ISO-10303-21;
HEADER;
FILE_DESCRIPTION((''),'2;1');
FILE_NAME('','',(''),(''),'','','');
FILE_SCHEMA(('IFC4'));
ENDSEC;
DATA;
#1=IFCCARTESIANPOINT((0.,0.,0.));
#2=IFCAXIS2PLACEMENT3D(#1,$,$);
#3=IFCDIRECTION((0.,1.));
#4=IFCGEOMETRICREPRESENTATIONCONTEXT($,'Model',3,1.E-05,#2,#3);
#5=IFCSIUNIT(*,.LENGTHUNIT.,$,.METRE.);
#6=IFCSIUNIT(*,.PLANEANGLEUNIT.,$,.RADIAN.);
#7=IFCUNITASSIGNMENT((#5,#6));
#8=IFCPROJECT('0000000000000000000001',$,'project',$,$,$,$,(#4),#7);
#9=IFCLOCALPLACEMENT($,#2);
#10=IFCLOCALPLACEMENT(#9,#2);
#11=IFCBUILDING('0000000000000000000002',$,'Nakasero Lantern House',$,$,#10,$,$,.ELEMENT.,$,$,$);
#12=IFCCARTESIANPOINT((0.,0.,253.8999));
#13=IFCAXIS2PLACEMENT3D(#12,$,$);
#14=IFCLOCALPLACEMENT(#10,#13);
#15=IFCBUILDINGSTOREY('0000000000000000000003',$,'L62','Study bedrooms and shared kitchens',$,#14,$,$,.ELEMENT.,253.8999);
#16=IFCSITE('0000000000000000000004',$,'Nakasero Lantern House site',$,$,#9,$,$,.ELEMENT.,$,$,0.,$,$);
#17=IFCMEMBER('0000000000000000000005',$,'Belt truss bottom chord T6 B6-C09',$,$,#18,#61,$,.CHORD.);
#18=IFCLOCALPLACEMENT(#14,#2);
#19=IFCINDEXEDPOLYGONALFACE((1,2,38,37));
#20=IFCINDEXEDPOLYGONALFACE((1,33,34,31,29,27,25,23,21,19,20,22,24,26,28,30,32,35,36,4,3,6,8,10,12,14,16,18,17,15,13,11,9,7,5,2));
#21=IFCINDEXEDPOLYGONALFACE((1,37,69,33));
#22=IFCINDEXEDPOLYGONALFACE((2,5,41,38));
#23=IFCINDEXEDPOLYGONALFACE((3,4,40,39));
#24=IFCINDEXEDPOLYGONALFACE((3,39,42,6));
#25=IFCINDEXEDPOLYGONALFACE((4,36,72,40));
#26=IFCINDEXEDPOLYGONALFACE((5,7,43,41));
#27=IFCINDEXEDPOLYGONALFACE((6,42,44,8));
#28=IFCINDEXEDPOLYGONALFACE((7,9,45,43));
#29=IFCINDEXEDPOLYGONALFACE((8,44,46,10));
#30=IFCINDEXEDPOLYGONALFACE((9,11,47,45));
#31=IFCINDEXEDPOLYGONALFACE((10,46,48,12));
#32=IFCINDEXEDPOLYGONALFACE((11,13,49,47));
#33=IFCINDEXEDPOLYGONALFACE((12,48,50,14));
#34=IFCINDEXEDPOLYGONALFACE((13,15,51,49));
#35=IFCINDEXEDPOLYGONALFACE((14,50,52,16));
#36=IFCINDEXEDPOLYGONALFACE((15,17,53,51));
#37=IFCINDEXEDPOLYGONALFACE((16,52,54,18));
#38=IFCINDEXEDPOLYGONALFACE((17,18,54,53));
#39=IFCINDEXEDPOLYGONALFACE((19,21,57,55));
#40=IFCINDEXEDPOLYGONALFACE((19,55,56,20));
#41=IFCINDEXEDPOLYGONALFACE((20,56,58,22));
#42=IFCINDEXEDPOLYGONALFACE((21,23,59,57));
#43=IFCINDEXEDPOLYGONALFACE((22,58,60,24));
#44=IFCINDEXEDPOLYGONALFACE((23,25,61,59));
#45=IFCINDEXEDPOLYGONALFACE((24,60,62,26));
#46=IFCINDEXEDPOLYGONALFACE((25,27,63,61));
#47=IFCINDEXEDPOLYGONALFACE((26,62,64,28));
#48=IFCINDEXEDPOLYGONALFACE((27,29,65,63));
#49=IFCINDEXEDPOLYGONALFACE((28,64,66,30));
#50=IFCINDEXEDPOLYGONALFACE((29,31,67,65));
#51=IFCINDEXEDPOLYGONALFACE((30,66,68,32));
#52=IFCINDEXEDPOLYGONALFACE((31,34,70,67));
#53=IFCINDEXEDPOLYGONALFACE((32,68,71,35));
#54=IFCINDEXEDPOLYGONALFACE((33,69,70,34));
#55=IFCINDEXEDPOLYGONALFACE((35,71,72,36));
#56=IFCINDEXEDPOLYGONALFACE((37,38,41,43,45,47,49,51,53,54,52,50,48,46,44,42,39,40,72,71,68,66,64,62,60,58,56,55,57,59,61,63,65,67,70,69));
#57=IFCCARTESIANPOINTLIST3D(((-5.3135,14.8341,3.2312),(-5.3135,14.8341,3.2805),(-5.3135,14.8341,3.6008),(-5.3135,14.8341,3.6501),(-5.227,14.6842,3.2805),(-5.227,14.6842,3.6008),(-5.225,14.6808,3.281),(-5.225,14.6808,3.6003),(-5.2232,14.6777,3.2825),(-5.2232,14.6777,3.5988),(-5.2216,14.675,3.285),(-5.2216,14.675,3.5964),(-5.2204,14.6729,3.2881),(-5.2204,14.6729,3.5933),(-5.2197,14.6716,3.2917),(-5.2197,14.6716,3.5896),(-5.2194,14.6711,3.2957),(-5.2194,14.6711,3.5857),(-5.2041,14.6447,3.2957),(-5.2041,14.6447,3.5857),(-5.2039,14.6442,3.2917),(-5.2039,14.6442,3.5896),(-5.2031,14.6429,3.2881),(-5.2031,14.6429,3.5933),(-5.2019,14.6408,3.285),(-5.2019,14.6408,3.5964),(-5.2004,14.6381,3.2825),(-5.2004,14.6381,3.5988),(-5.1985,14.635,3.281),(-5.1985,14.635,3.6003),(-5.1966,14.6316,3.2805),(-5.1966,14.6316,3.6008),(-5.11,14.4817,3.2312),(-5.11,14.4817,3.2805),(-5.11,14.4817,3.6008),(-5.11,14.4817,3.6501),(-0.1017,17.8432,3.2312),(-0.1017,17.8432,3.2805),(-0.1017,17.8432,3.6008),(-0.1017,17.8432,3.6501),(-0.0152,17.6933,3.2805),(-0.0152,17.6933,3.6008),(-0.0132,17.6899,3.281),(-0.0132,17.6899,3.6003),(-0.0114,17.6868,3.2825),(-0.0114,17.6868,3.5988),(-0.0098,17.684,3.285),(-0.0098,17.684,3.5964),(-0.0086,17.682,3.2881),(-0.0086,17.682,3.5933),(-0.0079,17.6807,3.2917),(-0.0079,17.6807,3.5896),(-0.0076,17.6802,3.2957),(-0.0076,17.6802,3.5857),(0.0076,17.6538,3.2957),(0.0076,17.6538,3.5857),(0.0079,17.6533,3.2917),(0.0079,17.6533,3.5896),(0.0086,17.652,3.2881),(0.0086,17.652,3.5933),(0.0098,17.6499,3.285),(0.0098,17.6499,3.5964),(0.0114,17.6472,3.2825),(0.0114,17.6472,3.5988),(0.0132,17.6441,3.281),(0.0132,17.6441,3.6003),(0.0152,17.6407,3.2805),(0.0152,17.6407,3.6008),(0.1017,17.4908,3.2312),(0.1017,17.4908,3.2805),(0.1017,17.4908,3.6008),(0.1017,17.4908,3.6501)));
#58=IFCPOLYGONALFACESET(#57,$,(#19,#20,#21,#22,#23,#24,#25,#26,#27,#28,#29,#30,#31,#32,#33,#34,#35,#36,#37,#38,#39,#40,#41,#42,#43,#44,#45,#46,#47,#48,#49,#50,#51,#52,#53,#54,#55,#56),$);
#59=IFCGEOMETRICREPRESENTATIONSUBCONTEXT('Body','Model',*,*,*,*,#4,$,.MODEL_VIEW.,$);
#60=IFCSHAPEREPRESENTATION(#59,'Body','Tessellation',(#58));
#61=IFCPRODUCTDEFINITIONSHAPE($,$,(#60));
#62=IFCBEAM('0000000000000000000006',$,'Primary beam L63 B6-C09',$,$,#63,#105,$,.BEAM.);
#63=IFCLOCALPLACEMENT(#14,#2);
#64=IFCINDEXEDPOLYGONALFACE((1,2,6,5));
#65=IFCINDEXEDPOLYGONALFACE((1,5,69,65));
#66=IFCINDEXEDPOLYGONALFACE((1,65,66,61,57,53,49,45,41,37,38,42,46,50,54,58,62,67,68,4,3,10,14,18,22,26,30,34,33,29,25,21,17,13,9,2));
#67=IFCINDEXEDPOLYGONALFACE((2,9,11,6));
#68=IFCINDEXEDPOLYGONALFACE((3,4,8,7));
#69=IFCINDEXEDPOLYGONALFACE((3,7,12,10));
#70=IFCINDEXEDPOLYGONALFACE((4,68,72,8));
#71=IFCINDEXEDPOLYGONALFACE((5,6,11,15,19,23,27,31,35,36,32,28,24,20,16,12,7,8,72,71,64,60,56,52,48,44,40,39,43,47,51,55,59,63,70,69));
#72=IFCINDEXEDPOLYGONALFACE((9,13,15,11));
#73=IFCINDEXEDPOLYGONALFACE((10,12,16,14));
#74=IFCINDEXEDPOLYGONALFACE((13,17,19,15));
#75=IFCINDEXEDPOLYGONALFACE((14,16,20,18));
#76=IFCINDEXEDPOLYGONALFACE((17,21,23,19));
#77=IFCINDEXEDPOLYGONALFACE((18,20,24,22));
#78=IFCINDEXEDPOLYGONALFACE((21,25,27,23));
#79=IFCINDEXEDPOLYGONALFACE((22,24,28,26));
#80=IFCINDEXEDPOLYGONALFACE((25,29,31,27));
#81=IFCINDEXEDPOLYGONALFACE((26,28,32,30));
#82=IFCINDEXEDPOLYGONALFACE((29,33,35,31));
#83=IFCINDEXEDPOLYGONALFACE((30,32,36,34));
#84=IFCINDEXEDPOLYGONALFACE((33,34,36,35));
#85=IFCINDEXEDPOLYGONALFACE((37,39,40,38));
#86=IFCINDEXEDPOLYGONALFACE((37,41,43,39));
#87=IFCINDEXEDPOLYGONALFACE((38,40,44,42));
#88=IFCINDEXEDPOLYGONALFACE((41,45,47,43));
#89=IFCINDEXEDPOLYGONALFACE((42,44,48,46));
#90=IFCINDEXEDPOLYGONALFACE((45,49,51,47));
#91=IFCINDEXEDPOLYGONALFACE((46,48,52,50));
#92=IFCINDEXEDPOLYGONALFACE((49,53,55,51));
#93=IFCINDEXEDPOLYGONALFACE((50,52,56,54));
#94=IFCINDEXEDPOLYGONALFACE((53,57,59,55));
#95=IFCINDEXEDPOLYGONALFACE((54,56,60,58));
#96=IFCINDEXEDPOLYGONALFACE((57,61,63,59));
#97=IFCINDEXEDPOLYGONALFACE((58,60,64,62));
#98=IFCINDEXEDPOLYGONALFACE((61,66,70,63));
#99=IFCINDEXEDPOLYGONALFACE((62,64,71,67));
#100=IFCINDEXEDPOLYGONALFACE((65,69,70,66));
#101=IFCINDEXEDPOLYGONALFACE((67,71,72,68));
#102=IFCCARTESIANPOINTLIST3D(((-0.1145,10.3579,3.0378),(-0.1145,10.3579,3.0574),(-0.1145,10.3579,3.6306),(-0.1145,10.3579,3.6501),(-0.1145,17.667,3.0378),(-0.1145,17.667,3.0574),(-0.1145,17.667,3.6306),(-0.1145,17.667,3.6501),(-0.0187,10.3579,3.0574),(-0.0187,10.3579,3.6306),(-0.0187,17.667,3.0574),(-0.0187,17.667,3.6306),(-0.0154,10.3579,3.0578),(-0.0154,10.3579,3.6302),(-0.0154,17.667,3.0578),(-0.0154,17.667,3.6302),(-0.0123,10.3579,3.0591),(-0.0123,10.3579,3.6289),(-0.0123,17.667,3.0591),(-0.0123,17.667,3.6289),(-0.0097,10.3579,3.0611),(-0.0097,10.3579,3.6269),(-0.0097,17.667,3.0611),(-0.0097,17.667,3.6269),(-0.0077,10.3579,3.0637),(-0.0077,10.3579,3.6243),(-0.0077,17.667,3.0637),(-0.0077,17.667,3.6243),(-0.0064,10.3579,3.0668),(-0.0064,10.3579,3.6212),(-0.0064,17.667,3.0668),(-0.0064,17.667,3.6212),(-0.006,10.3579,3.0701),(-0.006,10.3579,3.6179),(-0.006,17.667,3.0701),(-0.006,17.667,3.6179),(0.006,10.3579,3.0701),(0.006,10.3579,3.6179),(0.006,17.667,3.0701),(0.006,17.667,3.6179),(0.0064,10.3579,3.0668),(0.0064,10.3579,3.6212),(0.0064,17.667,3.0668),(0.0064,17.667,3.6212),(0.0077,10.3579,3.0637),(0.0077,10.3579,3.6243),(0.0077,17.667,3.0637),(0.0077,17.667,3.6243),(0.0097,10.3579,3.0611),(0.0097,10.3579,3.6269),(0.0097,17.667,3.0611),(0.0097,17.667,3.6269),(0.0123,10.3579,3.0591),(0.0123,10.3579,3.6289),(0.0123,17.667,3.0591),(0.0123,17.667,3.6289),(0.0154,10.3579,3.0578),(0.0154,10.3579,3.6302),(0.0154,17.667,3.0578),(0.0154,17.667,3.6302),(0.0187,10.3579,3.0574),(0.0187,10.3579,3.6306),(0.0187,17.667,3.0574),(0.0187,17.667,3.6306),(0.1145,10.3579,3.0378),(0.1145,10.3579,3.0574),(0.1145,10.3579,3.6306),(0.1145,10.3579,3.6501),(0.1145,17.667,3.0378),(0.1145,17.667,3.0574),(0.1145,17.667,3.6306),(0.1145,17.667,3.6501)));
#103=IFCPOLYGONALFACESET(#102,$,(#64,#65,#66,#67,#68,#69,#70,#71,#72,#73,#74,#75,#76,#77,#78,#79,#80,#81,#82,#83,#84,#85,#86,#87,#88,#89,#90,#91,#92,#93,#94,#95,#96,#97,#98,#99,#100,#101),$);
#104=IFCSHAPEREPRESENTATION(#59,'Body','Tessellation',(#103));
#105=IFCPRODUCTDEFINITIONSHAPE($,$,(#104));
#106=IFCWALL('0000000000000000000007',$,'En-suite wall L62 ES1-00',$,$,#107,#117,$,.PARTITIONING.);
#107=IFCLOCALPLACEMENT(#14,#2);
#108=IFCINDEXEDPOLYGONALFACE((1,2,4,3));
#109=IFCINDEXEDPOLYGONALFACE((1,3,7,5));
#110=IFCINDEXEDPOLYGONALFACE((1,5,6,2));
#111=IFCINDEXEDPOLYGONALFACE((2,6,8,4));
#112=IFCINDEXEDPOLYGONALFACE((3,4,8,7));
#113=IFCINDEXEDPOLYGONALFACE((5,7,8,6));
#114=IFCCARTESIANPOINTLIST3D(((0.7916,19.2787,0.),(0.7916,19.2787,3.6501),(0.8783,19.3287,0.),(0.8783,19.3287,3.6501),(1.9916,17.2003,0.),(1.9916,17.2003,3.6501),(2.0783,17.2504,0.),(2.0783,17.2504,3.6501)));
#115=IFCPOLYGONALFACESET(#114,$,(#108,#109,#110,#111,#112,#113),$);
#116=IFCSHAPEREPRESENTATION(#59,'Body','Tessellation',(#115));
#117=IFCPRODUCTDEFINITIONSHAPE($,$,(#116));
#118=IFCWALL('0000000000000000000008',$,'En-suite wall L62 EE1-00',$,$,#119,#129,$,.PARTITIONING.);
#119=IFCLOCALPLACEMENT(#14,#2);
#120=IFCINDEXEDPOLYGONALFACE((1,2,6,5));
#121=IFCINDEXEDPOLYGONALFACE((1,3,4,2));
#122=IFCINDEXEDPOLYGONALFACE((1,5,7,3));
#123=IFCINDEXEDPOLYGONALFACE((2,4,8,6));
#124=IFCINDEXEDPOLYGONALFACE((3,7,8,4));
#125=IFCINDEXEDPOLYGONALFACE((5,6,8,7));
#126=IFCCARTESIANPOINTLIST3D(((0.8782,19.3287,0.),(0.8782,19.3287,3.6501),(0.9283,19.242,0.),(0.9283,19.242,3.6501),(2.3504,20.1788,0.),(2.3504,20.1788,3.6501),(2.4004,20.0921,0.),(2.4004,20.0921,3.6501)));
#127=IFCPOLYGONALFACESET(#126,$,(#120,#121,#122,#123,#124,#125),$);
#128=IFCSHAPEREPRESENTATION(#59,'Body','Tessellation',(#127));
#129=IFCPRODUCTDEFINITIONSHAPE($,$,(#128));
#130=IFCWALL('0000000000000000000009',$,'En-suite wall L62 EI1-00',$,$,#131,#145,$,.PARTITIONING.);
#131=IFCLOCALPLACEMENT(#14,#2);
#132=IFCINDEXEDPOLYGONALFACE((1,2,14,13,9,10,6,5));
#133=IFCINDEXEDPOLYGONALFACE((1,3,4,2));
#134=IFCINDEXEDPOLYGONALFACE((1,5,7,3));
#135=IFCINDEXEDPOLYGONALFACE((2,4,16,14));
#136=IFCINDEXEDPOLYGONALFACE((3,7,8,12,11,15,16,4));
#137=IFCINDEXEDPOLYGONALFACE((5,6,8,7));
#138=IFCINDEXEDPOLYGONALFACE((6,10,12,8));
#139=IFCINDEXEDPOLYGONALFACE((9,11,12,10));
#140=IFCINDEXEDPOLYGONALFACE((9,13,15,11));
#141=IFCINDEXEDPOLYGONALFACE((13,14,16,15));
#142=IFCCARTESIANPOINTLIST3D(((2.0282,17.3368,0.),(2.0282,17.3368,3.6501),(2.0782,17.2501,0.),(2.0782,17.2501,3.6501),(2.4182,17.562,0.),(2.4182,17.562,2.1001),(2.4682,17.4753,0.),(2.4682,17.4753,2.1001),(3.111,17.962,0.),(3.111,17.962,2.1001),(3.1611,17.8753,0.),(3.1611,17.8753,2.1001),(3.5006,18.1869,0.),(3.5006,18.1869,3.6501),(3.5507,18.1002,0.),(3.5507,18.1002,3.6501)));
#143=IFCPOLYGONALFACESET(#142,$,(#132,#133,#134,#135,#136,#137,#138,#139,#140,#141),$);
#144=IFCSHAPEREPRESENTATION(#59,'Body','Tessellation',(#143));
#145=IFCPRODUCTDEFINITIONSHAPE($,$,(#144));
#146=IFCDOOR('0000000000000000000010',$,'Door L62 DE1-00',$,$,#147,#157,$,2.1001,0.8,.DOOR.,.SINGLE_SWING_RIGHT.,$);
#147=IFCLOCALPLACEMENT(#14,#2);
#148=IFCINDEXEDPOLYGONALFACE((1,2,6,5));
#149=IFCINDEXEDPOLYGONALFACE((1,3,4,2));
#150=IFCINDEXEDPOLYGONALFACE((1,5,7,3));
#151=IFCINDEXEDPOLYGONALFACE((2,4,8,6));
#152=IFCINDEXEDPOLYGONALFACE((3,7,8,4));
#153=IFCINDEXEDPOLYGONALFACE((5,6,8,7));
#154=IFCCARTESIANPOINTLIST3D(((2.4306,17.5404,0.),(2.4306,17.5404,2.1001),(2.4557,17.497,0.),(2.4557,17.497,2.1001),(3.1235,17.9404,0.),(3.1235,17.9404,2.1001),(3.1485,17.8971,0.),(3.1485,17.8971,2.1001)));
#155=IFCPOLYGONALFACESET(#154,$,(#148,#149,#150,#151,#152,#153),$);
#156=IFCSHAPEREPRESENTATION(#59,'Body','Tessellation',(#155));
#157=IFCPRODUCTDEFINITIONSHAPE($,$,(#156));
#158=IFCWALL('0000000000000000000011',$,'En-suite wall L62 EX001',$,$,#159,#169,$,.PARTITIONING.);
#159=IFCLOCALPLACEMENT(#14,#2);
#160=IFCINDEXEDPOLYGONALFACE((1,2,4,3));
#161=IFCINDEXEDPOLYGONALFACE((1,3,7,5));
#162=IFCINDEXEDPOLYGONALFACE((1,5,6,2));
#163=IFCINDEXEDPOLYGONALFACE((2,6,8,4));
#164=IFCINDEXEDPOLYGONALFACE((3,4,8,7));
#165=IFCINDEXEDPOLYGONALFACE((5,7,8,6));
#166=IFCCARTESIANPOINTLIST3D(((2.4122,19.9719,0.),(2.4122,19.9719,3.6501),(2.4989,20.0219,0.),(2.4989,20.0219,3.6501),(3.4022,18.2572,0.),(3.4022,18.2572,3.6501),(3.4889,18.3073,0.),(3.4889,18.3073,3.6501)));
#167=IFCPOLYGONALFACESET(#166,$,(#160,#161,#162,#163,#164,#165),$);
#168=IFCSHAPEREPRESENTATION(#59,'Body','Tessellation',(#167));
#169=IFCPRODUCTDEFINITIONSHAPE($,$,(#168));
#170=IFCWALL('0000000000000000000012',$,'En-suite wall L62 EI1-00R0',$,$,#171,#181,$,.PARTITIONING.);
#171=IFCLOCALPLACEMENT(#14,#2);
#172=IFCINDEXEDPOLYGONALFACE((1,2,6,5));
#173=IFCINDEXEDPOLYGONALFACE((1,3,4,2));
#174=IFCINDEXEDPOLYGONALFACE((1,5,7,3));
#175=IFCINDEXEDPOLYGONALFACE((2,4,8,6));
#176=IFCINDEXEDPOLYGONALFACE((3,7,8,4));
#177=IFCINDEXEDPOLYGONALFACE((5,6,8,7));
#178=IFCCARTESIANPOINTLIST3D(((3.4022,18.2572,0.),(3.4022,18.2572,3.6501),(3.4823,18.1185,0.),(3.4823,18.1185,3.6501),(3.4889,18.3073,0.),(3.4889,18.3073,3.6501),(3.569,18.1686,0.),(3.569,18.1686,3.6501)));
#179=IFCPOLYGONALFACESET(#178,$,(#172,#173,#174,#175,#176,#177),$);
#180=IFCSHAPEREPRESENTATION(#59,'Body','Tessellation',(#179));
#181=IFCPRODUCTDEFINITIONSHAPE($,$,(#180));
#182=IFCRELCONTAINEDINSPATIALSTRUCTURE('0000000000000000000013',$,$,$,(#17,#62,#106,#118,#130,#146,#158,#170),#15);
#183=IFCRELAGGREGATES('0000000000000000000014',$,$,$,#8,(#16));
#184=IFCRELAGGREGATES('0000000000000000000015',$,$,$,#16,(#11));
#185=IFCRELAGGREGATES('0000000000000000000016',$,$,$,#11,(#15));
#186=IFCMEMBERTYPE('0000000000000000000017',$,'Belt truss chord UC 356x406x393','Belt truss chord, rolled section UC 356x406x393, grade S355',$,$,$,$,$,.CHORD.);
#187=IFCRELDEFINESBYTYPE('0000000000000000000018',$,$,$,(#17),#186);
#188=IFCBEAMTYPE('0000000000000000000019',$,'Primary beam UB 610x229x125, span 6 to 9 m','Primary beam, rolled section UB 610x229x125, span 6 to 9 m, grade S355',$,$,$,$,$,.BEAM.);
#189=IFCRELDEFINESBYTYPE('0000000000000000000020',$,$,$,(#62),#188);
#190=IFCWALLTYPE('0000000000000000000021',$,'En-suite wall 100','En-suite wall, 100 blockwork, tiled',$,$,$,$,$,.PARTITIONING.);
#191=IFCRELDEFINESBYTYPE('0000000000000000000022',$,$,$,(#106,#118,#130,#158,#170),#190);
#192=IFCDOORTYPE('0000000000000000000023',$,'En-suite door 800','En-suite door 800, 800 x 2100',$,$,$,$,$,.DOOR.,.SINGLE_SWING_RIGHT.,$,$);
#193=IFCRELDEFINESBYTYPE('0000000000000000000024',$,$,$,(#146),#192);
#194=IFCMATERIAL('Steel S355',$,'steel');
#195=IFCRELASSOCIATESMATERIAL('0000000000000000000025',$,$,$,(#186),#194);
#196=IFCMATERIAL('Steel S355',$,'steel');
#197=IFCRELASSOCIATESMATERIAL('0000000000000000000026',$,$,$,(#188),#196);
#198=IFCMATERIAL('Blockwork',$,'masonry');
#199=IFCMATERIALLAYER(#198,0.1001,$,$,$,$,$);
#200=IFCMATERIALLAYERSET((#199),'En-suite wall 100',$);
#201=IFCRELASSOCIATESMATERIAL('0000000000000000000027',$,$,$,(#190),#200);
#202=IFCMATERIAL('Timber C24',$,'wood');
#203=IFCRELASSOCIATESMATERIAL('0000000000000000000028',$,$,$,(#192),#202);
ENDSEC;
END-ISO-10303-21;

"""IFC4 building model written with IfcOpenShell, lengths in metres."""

from ifc_helpers import new_model, si_unit, direction, frame, frame_2d, origin, origin_2d, place, context, subcontext, project, spatial, rectangle, i_section, extrude, material, layer, layer_set, material_profile, profile_set, type_object, element, fill, save


model = new_model("IFC4")

# Units and contexts
model_context = context("Model", 3, precision=1e-05, world=origin(), true_north=direction((0.0, 1.0)))
body_context = subcontext(model_context, "Body", "Model", "MODEL_VIEW")
ifc_project = project(units=[si_unit("LENGTHUNIT", "METRE"), si_unit("PLANEANGLEUNIT", "RADIAN")], contexts=[model_context])

# Site, building, storey
site_placement = place(None, origin())
site = spatial("IfcSite", under=ifc_project, at=site_placement, Name="Nakasero Lantern House site", CompositionType="ELEMENT", RefElevation=0.0)
building_placement = place(site_placement, origin())
building = spatial("IfcBuilding", under=site, at=building_placement, Name="Nakasero Lantern House", CompositionType="ELEMENT")
storey_placement = place(building_placement, frame((0.0, 0.0, 253.8999)))
storey = spatial("IfcBuildingStorey", under=building, at=storey_placement, Name="L62", Description="Study bedrooms and shared kitchens", CompositionType="ELEMENT", Elevation=253.8999)

# Member
ifc_material_1 = material(Name="Steel S355", Category="steel")
ifc_material_profile_1 = material_profile(ifc_material_1, i_section(OverallWidth=0.407, OverallDepth=0.4189, WebThickness=0.0305, FlangeThickness=0.0493, FilletRadius=0.0151, at=origin_2d()), Name="UC 356x406x393")
ifc_profile_set_1 = profile_set([ifc_material_profile_1], Name="Steel S355")
member_type = type_object("IfcMemberType", Name="Belt truss chord UC 356x406x393", Description="Belt truss chord, rolled section UC 356x406x393, grade S355", PredefinedType="CHORD", material=ifc_profile_set_1)
member_placement = place(storey_placement, frame((0.0, 17.667, 3.4407), z_axis=(-0.86602, -0.500009, 0.0), x_axis=(0.500009, -0.86602, 0.0)))
element("IfcMember", 1, at=member_placement, inside=storey, type_object=member_type, Name="Belt truss bottom chord T6 B6-C09", PredefinedType="CHORD", context=body_context, shape_type="SweptSolid", body=[
    extrude(i_section(OverallWidth=0.407, OverallDepth=0.4189, WebThickness=0.0305, FlangeThickness=0.0493, FilletRadius=0.0151, at=origin_2d()), origin(), (0.0, 0.0, 1.0), 6.0181),
])

# Beam
ifc_material_2 = material(Name="Steel S355", Category="steel")
ifc_material_profile_2 = material_profile(ifc_material_2, i_section(OverallWidth=0.229, OverallDepth=0.6123, WebThickness=0.012, FlangeThickness=0.0195, FilletRadius=0.0127, at=origin_2d()), Name="UB 610x229x125")
ifc_profile_set_2 = profile_set([ifc_material_profile_2], Name="Steel S355")
beam_type = type_object("IfcBeamType", Name="Primary beam UB 610x229x125, span 6 to 9 m", Description="Primary beam, rolled section UB 610x229x125, span 6 to 9 m, grade S355", PredefinedType="BEAM", material=ifc_profile_set_2)
beam_placement = place(storey_placement, frame((0.0, 17.667, 3.344), z_axis=(0.0, -1.0, 0.0), x_axis=(1.0, 0.0, 0.0)))
element("IfcBeam", 2, at=beam_placement, inside=storey, type_object=beam_type, Name="Primary beam L63 B6-C09", PredefinedType="BEAM", context=body_context, shape_type="SweptSolid", body=[
    extrude(i_section(OverallWidth=0.229, OverallDepth=0.6123, WebThickness=0.012, FlangeThickness=0.0195, FilletRadius=0.0127, at=origin_2d()), origin(), (0.0, 0.0, 1.0), 7.3091),
])

# Walls
ifc_material_3 = material(Name="Blockwork", Category="masonry")
ifc_layer_1 = layer(ifc_material_3, 0.1001)
ifc_layer_set_1 = layer_set([ifc_layer_1], Name="En-suite wall 100")
wall_type_1 = type_object("IfcWallType", Name="En-suite wall 100", Description="En-suite wall, 100 blockwork, tiled", PredefinedType="PARTITIONING", material=ifc_layer_set_1)
wall_1_placement = place(storey_placement, frame((2.0349, 17.2253, 0.0), z_axis=(0.0, 0.0, 1.0), x_axis=(-0.500001, 0.866025, 0.0)))
element("IfcWall", 3, at=wall_1_placement, inside=storey, type_object=wall_type_1, Name="En-suite wall L62 ES1-00", PredefinedType="PARTITIONING", context=body_context, shape_type="SweptSolid", body=[
    extrude(rectangle(XDim=2.3999, YDim=0.1001, at=frame_2d((1.2, 0.0))), origin(), (0.0, 0.0, 1.0), 3.6501),
])
wall_2_placement = place(storey_placement, frame((2.3755, 20.1355, 0.0), z_axis=(0.0, 0.0, 1.0), x_axis=(-0.865989, -0.500062, 0.0)))
element("IfcWall", 4, at=wall_2_placement, inside=storey, type_object=wall_type_1, Name="En-suite wall L62 EE1-00", PredefinedType="PARTITIONING", context=body_context, shape_type="SweptSolid", body=[
    extrude(rectangle(XDim=1.7, YDim=0.1001, at=frame_2d((0.8501, 0.0))), origin(), (0.0, 0.0, 1.0), 3.6501),
])

# Wall, opening, door
wall_3_placement = place(storey_placement, frame((3.5256, 18.1436, 0.0), z_axis=(0.0, 0.0, 1.0), x_axis=(-0.866025, -0.5, 0.0)))
wall_3 = element("IfcWall", 5, at=wall_3_placement, inside=storey, type_object=wall_type_1, Name="En-suite wall L62 EI1-00", PredefinedType="PARTITIONING", context=body_context, shape_type="SweptSolid", body=[
    extrude(rectangle(XDim=1.7002, YDim=0.1001, at=frame_2d((0.8501, 0.0))), origin(), (0.0, 0.0, 1.0), 3.6501),
])
opening_1_placement = place(wall_3_placement, frame((0.45, 0.0, 0.0)))
opening_1 = element("IfcOpeningElement", 6, at=opening_1_placement, cuts=wall_3, PredefinedType="OPENING", context=body_context, shape_type="SweptSolid", body=[
    extrude(rectangle(XDim=0.8, YDim=2.1001, at=frame_2d((0.3999, 1.05))), frame((0.0, 0.0701, 0.0), z_axis=(0.0, -1.0, 0.0), x_axis=(1.0, 0.0, 0.0)), (0.0, 0.0, 1.0), 0.1401),
])
ifc_material_4 = material(Name="Timber C24", Category="wood")
door_type_1 = type_object("IfcDoorType", Name="En-suite door 800", Description="En-suite door 800, 800 x 2100", OperationType="SINGLE_SWING_RIGHT", PredefinedType="DOOR", material=ifc_material_4)
door_1_placement = place(opening_1_placement, origin())
door_1 = element("IfcDoor", 7, at=door_1_placement, inside=storey, type_object=door_type_1, Name="Door L62 DE1-00", OperationType="SINGLE_SWING_RIGHT", OverallHeight=2.1001, OverallWidth=0.8, PredefinedType="DOOR", context=body_context, shape_type="SweptSolid", body=[
    extrude(rectangle(XDim=0.8, YDim=2.1001, at=frame_2d((0.3999, 1.05))), frame((0.0, 0.0249, 0.0), z_axis=(0.0, -1.0, 0.0), x_axis=(1.0, 0.0, 0.0)), (0.0, 0.0, 1.0), 0.05),
])
fill(opening_1, door_1)

# Walls
wall_4_placement = place(storey_placement, frame((3.4456, 18.2822, 0.0), z_axis=(0.0, 0.0, 1.0), x_axis=(-0.500025, 0.866011, 0.0)))
element("IfcWall", 8, at=wall_4_placement, inside=storey, type_object=wall_type_1, Name="En-suite wall L62 EX001", PredefinedType="PARTITIONING", context=body_context, shape_type="SweptSolid", body=[
    extrude(rectangle(XDim=1.98, YDim=0.1001, at=frame_2d((0.99, 0.0))), origin(), (0.0, 0.0, 1.0), 3.6501),
])
wall_5_placement = place(storey_placement, frame((3.5256, 18.1436, 0.0), z_axis=(0.0, 0.0, 1.0), x_axis=(-0.500074, 0.865982, 0.0)))
element("IfcWall", 9, at=wall_5_placement, inside=storey, type_object=wall_type_1, Name="En-suite wall L62 EI1-00R0", PredefinedType="PARTITIONING", context=body_context, shape_type="SweptSolid", body=[
    extrude(rectangle(XDim=0.1602, YDim=0.1001, at=frame_2d((0.0801, 0.0))), origin(), (0.0, 0.0, 1.0), 3.6501),
])

save(model, "model.ifc")
